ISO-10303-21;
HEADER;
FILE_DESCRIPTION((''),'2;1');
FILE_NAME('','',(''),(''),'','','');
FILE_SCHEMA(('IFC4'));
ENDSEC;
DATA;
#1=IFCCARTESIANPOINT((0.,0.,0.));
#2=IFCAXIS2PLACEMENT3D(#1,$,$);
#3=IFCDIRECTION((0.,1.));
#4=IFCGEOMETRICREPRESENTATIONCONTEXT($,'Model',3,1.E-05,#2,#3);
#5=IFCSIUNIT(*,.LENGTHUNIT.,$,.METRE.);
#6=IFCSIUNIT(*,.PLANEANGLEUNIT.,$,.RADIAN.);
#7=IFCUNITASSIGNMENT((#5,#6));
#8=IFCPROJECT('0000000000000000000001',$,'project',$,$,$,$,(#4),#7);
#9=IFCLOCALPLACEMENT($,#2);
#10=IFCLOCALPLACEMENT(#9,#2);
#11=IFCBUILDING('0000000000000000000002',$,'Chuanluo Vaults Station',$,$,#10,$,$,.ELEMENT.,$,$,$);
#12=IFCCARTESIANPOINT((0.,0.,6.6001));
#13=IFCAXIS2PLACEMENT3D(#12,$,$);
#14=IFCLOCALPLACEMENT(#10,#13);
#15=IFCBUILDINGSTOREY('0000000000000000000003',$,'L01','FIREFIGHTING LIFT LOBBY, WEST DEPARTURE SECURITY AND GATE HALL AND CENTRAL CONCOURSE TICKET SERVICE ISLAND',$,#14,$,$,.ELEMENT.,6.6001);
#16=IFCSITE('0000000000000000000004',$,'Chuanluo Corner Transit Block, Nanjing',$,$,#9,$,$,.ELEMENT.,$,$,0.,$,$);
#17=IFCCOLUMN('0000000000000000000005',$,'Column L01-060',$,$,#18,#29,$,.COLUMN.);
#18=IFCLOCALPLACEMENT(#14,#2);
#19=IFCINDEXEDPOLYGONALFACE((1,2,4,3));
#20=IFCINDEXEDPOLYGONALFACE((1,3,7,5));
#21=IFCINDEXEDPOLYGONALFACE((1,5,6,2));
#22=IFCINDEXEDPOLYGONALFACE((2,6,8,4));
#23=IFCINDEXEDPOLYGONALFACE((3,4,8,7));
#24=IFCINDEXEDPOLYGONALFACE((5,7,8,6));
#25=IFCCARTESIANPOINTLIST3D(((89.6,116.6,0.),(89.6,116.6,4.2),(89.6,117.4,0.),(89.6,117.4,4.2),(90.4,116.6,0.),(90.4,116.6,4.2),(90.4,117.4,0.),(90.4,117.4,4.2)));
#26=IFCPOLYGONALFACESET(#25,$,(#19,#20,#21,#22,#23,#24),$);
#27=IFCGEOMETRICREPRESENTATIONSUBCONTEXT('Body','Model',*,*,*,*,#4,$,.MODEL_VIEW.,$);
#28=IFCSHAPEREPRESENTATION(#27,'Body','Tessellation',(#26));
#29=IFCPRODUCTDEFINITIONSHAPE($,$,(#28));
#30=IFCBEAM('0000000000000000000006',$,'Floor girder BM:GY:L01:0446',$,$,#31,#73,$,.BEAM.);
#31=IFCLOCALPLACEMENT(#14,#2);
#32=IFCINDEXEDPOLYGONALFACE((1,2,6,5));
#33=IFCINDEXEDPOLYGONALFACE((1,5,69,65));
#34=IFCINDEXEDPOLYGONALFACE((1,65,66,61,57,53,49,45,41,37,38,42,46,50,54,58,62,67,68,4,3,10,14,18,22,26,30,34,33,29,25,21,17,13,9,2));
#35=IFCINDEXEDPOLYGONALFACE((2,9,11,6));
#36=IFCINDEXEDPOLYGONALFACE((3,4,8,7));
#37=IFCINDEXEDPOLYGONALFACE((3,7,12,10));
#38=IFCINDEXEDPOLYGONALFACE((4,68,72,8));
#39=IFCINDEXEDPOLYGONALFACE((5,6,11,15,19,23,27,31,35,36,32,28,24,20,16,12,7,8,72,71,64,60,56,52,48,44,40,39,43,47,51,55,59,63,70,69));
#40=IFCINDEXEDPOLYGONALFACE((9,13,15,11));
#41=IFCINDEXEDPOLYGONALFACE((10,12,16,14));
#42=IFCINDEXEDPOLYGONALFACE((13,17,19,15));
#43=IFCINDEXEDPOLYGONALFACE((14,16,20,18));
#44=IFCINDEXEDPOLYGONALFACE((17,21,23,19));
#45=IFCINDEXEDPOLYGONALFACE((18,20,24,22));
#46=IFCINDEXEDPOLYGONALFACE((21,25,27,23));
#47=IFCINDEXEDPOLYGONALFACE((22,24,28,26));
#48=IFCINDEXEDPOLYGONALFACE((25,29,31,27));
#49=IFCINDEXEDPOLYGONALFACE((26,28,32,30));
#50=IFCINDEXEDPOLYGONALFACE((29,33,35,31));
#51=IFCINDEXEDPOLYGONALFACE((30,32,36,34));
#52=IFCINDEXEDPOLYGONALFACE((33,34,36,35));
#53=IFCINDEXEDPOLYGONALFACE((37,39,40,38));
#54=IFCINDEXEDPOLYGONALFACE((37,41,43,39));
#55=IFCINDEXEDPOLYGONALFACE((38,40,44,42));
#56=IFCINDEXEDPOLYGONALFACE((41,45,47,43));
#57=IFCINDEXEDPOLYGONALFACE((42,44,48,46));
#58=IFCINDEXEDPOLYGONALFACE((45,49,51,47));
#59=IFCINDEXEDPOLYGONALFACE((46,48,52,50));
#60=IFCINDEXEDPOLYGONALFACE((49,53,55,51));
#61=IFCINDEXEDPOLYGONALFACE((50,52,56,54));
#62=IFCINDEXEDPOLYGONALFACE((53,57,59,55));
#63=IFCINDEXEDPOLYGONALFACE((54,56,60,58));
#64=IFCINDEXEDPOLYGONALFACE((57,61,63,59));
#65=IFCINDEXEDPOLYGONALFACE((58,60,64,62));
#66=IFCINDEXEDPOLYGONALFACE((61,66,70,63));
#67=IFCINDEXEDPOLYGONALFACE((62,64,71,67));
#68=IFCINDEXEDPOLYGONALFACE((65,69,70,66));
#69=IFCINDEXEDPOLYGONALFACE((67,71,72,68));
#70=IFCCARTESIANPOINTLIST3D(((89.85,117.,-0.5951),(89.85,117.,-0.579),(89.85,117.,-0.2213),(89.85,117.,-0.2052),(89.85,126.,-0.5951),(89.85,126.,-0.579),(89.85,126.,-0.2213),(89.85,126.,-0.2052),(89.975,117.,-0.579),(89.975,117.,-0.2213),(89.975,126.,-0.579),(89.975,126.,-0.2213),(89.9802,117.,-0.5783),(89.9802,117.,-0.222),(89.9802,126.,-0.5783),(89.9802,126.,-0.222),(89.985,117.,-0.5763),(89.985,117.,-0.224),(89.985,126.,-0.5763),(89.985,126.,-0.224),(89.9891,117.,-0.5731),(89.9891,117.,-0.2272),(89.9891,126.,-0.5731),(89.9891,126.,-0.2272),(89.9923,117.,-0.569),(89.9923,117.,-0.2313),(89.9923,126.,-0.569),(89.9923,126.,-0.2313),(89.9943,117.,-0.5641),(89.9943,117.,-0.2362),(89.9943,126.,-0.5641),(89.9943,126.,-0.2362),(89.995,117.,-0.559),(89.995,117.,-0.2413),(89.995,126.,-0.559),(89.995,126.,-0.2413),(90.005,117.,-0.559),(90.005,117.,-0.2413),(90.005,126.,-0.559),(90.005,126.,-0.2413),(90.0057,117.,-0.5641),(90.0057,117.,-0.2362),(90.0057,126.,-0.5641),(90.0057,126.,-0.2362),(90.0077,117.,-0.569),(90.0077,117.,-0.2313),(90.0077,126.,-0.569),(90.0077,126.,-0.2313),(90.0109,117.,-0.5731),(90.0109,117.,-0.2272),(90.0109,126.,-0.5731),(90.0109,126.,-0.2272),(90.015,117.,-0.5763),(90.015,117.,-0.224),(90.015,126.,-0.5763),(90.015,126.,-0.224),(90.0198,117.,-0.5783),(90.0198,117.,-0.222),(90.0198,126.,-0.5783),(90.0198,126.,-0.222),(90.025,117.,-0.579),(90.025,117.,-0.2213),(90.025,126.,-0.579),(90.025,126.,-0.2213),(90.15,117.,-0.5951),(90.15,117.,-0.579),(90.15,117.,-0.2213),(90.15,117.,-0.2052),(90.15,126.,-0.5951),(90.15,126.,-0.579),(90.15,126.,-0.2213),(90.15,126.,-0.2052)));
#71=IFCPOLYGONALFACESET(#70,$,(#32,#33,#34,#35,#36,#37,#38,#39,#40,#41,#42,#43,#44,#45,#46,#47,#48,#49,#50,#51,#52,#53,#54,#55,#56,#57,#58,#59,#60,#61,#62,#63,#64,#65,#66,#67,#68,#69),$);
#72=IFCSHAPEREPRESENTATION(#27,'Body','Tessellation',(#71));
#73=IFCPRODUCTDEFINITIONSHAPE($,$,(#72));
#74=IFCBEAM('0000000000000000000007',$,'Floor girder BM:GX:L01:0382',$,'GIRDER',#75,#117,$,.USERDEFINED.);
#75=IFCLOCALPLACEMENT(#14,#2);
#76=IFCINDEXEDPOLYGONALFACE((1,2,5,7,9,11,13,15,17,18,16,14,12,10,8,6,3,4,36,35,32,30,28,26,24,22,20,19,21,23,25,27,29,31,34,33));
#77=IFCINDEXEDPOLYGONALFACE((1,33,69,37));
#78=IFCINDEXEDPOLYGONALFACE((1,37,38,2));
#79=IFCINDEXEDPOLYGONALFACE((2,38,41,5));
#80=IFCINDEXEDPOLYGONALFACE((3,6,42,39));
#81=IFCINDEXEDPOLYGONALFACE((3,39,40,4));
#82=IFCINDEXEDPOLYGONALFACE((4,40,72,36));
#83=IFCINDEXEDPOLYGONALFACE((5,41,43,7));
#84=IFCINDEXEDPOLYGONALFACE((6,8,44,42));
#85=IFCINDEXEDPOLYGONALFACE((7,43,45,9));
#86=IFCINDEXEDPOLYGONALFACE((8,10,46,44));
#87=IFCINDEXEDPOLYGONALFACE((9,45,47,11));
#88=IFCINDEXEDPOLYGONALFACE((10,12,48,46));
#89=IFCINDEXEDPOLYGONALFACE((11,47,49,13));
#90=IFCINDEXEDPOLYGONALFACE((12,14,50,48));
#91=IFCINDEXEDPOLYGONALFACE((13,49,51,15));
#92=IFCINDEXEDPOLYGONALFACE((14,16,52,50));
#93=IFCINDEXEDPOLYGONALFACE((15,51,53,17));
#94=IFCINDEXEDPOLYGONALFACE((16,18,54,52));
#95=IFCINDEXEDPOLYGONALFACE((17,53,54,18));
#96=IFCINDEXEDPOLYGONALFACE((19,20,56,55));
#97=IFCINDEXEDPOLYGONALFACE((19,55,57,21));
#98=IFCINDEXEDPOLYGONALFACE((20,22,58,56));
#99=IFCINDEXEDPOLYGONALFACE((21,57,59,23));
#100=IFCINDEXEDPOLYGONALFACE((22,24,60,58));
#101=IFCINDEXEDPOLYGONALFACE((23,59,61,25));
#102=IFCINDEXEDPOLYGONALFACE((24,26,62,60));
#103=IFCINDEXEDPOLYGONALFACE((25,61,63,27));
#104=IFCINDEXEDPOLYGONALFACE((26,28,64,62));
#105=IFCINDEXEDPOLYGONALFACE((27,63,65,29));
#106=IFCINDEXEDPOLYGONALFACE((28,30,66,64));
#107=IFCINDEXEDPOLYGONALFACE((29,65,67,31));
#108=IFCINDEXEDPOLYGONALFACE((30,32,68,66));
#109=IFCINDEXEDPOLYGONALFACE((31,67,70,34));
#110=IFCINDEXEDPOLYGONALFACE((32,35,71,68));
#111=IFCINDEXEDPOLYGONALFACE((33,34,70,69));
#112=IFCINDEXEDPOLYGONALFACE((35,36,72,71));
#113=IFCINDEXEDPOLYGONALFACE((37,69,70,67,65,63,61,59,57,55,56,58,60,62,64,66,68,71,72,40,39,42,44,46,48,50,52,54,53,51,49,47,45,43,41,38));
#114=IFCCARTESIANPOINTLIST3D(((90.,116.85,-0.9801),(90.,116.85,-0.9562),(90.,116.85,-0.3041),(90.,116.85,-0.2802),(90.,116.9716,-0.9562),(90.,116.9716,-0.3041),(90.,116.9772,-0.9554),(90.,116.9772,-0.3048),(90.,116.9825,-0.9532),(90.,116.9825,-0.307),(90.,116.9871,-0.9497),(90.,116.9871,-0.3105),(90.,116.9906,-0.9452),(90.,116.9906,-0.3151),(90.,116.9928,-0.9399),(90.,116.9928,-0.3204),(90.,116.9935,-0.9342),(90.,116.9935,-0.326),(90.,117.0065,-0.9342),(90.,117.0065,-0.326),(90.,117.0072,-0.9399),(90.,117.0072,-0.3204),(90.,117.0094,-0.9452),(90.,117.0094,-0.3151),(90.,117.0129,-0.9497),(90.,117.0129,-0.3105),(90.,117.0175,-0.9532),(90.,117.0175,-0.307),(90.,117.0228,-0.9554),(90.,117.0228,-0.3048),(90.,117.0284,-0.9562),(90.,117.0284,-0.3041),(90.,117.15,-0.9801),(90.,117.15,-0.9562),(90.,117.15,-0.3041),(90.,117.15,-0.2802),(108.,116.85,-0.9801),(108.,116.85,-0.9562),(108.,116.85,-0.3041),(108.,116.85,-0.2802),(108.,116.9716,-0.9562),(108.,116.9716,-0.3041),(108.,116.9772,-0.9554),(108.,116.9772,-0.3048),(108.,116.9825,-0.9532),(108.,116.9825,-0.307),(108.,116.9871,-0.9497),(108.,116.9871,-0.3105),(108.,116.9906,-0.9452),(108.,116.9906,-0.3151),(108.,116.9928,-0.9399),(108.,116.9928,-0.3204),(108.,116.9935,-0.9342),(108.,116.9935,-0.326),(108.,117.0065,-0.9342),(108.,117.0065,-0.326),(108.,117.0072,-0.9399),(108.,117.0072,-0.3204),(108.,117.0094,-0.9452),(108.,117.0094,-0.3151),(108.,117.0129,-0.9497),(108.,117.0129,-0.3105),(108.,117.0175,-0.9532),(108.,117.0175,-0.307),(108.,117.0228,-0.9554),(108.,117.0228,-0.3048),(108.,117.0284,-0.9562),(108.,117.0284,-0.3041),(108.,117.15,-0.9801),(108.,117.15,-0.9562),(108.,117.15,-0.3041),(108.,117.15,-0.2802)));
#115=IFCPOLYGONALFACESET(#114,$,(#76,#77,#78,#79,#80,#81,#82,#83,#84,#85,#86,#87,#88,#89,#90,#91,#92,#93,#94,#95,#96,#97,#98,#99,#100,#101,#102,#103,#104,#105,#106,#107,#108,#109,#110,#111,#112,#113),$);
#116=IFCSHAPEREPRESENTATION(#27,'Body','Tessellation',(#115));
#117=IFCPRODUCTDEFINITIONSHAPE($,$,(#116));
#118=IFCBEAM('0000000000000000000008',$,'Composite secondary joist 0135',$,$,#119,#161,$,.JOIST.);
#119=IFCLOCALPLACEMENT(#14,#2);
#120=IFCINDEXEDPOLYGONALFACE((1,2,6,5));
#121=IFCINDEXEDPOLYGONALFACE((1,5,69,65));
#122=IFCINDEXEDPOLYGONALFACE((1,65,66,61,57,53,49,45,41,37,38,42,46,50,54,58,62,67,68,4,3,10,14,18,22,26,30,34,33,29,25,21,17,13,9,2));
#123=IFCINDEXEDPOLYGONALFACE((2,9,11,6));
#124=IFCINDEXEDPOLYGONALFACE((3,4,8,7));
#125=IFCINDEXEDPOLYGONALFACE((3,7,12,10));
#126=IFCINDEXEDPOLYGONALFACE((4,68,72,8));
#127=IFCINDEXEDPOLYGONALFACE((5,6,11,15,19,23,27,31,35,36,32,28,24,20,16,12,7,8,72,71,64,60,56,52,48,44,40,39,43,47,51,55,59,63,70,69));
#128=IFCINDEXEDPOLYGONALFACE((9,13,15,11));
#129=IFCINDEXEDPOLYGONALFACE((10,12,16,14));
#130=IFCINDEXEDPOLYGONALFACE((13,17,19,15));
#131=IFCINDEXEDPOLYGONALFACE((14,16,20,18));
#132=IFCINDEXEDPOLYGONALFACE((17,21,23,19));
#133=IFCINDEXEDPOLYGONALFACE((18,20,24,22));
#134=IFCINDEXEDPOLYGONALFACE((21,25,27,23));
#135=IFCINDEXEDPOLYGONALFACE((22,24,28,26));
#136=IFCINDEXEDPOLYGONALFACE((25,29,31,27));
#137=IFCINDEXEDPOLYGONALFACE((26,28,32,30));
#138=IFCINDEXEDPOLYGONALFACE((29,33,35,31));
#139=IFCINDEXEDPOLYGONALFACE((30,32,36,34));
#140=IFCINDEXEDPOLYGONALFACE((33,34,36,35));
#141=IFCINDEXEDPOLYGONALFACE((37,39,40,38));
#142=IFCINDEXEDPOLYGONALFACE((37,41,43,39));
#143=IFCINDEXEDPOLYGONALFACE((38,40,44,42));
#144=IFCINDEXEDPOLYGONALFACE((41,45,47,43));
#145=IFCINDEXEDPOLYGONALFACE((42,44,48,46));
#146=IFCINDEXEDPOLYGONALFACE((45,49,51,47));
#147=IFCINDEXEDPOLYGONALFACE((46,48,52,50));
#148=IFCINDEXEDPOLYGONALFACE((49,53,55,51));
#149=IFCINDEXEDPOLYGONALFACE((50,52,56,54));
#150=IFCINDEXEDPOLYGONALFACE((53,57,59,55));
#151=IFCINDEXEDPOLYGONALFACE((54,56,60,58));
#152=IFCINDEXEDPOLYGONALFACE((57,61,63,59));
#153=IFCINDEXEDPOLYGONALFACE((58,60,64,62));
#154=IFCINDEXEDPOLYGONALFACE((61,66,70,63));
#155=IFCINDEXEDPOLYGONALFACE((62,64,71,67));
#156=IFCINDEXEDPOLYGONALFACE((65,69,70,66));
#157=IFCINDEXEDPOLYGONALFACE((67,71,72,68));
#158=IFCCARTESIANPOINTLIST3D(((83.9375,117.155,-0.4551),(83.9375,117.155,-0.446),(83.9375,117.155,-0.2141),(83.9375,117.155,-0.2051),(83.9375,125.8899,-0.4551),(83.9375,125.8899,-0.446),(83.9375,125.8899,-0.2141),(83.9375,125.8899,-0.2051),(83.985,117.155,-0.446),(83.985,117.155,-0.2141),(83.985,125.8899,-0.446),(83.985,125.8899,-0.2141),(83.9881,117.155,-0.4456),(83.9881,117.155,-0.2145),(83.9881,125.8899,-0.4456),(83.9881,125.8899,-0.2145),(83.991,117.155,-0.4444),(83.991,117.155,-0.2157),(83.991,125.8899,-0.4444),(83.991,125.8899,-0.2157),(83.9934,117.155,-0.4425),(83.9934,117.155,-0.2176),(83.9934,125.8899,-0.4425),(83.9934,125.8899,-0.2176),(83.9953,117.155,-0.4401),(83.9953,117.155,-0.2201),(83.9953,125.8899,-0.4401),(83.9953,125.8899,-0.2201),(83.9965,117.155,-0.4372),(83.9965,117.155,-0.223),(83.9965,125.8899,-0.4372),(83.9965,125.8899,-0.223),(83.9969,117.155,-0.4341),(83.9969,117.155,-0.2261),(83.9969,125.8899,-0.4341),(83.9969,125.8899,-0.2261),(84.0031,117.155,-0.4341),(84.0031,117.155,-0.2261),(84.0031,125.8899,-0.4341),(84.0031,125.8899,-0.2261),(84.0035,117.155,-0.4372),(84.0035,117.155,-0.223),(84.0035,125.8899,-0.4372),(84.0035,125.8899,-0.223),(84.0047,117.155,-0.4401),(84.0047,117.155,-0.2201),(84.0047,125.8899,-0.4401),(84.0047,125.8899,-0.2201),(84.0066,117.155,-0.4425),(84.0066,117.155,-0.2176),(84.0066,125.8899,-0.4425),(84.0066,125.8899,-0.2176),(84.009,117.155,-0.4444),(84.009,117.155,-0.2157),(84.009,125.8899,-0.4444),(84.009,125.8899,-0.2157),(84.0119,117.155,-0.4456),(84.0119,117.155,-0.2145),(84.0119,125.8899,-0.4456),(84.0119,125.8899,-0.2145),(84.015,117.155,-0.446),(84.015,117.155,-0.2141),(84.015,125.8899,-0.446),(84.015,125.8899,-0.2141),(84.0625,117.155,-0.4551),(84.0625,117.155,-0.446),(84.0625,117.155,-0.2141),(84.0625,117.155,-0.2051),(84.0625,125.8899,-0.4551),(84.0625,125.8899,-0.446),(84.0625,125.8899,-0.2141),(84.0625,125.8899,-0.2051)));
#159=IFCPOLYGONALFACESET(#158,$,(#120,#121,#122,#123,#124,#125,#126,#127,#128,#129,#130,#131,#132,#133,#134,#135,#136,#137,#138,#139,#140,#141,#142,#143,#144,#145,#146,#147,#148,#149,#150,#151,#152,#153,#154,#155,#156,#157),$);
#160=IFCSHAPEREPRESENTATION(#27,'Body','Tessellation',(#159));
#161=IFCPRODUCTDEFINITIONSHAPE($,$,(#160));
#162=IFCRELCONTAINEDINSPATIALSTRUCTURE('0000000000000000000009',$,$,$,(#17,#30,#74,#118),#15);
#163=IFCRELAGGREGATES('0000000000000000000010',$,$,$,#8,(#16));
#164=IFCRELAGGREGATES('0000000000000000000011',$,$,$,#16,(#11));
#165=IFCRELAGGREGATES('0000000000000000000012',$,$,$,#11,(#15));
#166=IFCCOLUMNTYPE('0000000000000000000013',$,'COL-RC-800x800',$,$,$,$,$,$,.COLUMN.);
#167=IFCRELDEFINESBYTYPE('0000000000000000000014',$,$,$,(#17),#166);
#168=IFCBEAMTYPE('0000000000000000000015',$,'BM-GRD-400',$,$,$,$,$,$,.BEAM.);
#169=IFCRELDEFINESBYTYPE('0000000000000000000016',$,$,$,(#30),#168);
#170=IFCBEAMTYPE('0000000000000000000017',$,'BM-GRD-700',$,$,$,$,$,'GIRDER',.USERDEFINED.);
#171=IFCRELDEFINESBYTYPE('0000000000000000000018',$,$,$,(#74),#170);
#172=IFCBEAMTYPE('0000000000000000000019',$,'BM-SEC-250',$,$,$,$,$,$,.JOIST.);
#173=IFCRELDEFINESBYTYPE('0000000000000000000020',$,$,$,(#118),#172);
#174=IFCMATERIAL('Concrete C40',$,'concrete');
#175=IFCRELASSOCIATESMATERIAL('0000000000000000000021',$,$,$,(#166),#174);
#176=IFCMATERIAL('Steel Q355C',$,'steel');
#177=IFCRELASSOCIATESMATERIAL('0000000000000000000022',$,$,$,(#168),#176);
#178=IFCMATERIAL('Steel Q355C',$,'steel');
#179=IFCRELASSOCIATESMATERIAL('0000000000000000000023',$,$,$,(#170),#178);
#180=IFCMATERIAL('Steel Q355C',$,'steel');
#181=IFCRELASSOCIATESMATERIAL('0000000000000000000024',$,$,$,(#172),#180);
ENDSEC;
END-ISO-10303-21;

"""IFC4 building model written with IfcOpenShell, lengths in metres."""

from ifc_helpers import new_model, si_unit, direction, frame, origin, origin_2d, place, context, subcontext, project, spatial, rectangle, i_section, extrude, material, material_profile, profile_set, type_object, element, save


model = new_model("IFC4")

# Units and contexts
model_context = context("Model", 3, precision=1e-05, world=origin(), true_north=direction((0.0, 1.0)))
body_context = subcontext(model_context, "Body", "Model", "MODEL_VIEW")
ifc_project = project(units=[si_unit("LENGTHUNIT", "METRE"), si_unit("PLANEANGLEUNIT", "RADIAN")], contexts=[model_context])

# Site, building, storey
site_placement = place(None, origin())
site = spatial("IfcSite", under=ifc_project, at=site_placement, Name="Chuanluo Corner Transit Block, Nanjing", CompositionType="ELEMENT", RefElevation=0.0)
building_placement = place(site_placement, origin())
building = spatial("IfcBuilding", under=site, at=building_placement, Name="Chuanluo Vaults Station", CompositionType="ELEMENT")
storey_placement = place(building_placement, frame((0.0, 0.0, 6.6001)))
storey = spatial("IfcBuildingStorey", under=building, at=storey_placement, Name="L01", Description="FIREFIGHTING LIFT LOBBY, WEST DEPARTURE SECURITY AND GATE HALL AND CENTRAL CONCOURSE TICKET SERVICE ISLAND", CompositionType="ELEMENT", Elevation=6.6001)

# Column
ifc_material_1 = material(Name="Concrete C40", Category="concrete")
ifc_material_profile_1 = material_profile(ifc_material_1, rectangle(XDim=0.8, YDim=0.8, at=origin_2d()))
ifc_profile_set_1 = profile_set([ifc_material_profile_1], Name="Concrete C40")
column_type = type_object("IfcColumnType", Name="COL-RC-800x800", PredefinedType="COLUMN", material=ifc_profile_set_1)
column_placement = place(storey_placement, frame((90.0, 117.0, 0.0), z_axis=(0.0, 0.0, 1.0), x_axis=(1.0, 0.0, 0.0)))
element("IfcColumn", 1, at=column_placement, inside=storey, type_object=column_type, Name="Column L01-060", PredefinedType="COLUMN", context=body_context, shape_type="SweptSolid", body=[
    extrude(rectangle(XDim=0.8, YDim=0.8, at=origin_2d()), origin(), (0.0, 0.0, 1.0), 4.2),
])

# Beams
ifc_material_2 = material(Name="Steel Q355C", Category="steel")
ifc_material_profile_2 = material_profile(ifc_material_2, i_section(OverallWidth=0.3, OverallDepth=0.3899, WebThickness=0.01, FlangeThickness=0.0161, FilletRadius=0.02, at=origin_2d()))
ifc_profile_set_2 = profile_set([ifc_material_profile_2], Name="Steel Q355C")
beam_type_1 = type_object("IfcBeamType", Name="BM-GRD-400", PredefinedType="BEAM", material=ifc_profile_set_2)
beam_1_placement = place(storey_placement, frame((90.0, 117.0, -0.4001), z_axis=(0.0, 1.0, 0.0), x_axis=(-1.0, 0.0, 0.0)))
element("IfcBeam", 2, at=beam_1_placement, inside=storey, type_object=beam_type_1, Name="Floor girder BM:GY:L01:0446", PredefinedType="BEAM", context=body_context, shape_type="SweptSolid", body=[
    extrude(i_section(OverallWidth=0.3, OverallDepth=0.3899, WebThickness=0.01, FlangeThickness=0.0161, FilletRadius=0.02, at=origin_2d()), origin(), (0.0, 0.0, 1.0), 9.0),
])
ifc_material_3 = material(Name="Steel Q355C", Category="steel")
ifc_material_profile_3 = material_profile(ifc_material_3, i_section(OverallWidth=0.3, OverallDepth=0.7, WebThickness=0.0129, FlangeThickness=0.0239, FilletRadius=0.022, at=origin_2d()))
ifc_profile_set_3 = profile_set([ifc_material_profile_3], Name="Steel Q355C")
beam_type_2 = type_object("IfcBeamType", Name="BM-GRD-700", ElementType="GIRDER", PredefinedType="USERDEFINED", material=ifc_profile_set_3)
beam_2_placement = place(storey_placement, frame((90.0, 117.0, -0.6301), z_axis=(1.0, 0.0, 0.0), x_axis=(0.0, 1.0, 0.0)))
element("IfcBeam", 3, at=beam_2_placement, inside=storey, type_object=beam_type_2, Name="Floor girder BM:GX:L01:0382", ObjectType="GIRDER", PredefinedType="USERDEFINED", context=body_context, shape_type="SweptSolid", body=[
    extrude(i_section(OverallWidth=0.3, OverallDepth=0.7, WebThickness=0.0129, FlangeThickness=0.0239, FilletRadius=0.022, at=origin_2d()), origin(), (0.0, 0.0, 1.0), 18.0),
])
ifc_material_4 = material(Name="Steel Q355C", Category="steel")
ifc_material_profile_4 = material_profile(ifc_material_4, i_section(OverallWidth=0.125, OverallDepth=0.25, WebThickness=0.0061, FlangeThickness=0.009, FilletRadius=0.012, at=origin_2d()))
ifc_profile_set_4 = profile_set([ifc_material_profile_4], Name="Steel Q355C")
beam_type_3 = type_object("IfcBeamType", Name="BM-SEC-250", PredefinedType="JOIST", material=ifc_profile_set_4)
beam_3_placement = place(storey_placement, frame((84.0, 117.155, -0.3301), z_axis=(0.0, 1.0, 0.0), x_axis=(-1.0, 0.0, 0.0)))
element("IfcBeam", 4, at=beam_3_placement, inside=storey, type_object=beam_type_3, Name="Composite secondary joist 0135", PredefinedType="JOIST", context=body_context, shape_type="SweptSolid", body=[
    extrude(i_section(OverallWidth=0.125, OverallDepth=0.25, WebThickness=0.0061, FlangeThickness=0.009, FilletRadius=0.012, at=origin_2d()), origin(), (0.0, 0.0, 1.0), 8.7349),
])

save(model, "model.ifc")
